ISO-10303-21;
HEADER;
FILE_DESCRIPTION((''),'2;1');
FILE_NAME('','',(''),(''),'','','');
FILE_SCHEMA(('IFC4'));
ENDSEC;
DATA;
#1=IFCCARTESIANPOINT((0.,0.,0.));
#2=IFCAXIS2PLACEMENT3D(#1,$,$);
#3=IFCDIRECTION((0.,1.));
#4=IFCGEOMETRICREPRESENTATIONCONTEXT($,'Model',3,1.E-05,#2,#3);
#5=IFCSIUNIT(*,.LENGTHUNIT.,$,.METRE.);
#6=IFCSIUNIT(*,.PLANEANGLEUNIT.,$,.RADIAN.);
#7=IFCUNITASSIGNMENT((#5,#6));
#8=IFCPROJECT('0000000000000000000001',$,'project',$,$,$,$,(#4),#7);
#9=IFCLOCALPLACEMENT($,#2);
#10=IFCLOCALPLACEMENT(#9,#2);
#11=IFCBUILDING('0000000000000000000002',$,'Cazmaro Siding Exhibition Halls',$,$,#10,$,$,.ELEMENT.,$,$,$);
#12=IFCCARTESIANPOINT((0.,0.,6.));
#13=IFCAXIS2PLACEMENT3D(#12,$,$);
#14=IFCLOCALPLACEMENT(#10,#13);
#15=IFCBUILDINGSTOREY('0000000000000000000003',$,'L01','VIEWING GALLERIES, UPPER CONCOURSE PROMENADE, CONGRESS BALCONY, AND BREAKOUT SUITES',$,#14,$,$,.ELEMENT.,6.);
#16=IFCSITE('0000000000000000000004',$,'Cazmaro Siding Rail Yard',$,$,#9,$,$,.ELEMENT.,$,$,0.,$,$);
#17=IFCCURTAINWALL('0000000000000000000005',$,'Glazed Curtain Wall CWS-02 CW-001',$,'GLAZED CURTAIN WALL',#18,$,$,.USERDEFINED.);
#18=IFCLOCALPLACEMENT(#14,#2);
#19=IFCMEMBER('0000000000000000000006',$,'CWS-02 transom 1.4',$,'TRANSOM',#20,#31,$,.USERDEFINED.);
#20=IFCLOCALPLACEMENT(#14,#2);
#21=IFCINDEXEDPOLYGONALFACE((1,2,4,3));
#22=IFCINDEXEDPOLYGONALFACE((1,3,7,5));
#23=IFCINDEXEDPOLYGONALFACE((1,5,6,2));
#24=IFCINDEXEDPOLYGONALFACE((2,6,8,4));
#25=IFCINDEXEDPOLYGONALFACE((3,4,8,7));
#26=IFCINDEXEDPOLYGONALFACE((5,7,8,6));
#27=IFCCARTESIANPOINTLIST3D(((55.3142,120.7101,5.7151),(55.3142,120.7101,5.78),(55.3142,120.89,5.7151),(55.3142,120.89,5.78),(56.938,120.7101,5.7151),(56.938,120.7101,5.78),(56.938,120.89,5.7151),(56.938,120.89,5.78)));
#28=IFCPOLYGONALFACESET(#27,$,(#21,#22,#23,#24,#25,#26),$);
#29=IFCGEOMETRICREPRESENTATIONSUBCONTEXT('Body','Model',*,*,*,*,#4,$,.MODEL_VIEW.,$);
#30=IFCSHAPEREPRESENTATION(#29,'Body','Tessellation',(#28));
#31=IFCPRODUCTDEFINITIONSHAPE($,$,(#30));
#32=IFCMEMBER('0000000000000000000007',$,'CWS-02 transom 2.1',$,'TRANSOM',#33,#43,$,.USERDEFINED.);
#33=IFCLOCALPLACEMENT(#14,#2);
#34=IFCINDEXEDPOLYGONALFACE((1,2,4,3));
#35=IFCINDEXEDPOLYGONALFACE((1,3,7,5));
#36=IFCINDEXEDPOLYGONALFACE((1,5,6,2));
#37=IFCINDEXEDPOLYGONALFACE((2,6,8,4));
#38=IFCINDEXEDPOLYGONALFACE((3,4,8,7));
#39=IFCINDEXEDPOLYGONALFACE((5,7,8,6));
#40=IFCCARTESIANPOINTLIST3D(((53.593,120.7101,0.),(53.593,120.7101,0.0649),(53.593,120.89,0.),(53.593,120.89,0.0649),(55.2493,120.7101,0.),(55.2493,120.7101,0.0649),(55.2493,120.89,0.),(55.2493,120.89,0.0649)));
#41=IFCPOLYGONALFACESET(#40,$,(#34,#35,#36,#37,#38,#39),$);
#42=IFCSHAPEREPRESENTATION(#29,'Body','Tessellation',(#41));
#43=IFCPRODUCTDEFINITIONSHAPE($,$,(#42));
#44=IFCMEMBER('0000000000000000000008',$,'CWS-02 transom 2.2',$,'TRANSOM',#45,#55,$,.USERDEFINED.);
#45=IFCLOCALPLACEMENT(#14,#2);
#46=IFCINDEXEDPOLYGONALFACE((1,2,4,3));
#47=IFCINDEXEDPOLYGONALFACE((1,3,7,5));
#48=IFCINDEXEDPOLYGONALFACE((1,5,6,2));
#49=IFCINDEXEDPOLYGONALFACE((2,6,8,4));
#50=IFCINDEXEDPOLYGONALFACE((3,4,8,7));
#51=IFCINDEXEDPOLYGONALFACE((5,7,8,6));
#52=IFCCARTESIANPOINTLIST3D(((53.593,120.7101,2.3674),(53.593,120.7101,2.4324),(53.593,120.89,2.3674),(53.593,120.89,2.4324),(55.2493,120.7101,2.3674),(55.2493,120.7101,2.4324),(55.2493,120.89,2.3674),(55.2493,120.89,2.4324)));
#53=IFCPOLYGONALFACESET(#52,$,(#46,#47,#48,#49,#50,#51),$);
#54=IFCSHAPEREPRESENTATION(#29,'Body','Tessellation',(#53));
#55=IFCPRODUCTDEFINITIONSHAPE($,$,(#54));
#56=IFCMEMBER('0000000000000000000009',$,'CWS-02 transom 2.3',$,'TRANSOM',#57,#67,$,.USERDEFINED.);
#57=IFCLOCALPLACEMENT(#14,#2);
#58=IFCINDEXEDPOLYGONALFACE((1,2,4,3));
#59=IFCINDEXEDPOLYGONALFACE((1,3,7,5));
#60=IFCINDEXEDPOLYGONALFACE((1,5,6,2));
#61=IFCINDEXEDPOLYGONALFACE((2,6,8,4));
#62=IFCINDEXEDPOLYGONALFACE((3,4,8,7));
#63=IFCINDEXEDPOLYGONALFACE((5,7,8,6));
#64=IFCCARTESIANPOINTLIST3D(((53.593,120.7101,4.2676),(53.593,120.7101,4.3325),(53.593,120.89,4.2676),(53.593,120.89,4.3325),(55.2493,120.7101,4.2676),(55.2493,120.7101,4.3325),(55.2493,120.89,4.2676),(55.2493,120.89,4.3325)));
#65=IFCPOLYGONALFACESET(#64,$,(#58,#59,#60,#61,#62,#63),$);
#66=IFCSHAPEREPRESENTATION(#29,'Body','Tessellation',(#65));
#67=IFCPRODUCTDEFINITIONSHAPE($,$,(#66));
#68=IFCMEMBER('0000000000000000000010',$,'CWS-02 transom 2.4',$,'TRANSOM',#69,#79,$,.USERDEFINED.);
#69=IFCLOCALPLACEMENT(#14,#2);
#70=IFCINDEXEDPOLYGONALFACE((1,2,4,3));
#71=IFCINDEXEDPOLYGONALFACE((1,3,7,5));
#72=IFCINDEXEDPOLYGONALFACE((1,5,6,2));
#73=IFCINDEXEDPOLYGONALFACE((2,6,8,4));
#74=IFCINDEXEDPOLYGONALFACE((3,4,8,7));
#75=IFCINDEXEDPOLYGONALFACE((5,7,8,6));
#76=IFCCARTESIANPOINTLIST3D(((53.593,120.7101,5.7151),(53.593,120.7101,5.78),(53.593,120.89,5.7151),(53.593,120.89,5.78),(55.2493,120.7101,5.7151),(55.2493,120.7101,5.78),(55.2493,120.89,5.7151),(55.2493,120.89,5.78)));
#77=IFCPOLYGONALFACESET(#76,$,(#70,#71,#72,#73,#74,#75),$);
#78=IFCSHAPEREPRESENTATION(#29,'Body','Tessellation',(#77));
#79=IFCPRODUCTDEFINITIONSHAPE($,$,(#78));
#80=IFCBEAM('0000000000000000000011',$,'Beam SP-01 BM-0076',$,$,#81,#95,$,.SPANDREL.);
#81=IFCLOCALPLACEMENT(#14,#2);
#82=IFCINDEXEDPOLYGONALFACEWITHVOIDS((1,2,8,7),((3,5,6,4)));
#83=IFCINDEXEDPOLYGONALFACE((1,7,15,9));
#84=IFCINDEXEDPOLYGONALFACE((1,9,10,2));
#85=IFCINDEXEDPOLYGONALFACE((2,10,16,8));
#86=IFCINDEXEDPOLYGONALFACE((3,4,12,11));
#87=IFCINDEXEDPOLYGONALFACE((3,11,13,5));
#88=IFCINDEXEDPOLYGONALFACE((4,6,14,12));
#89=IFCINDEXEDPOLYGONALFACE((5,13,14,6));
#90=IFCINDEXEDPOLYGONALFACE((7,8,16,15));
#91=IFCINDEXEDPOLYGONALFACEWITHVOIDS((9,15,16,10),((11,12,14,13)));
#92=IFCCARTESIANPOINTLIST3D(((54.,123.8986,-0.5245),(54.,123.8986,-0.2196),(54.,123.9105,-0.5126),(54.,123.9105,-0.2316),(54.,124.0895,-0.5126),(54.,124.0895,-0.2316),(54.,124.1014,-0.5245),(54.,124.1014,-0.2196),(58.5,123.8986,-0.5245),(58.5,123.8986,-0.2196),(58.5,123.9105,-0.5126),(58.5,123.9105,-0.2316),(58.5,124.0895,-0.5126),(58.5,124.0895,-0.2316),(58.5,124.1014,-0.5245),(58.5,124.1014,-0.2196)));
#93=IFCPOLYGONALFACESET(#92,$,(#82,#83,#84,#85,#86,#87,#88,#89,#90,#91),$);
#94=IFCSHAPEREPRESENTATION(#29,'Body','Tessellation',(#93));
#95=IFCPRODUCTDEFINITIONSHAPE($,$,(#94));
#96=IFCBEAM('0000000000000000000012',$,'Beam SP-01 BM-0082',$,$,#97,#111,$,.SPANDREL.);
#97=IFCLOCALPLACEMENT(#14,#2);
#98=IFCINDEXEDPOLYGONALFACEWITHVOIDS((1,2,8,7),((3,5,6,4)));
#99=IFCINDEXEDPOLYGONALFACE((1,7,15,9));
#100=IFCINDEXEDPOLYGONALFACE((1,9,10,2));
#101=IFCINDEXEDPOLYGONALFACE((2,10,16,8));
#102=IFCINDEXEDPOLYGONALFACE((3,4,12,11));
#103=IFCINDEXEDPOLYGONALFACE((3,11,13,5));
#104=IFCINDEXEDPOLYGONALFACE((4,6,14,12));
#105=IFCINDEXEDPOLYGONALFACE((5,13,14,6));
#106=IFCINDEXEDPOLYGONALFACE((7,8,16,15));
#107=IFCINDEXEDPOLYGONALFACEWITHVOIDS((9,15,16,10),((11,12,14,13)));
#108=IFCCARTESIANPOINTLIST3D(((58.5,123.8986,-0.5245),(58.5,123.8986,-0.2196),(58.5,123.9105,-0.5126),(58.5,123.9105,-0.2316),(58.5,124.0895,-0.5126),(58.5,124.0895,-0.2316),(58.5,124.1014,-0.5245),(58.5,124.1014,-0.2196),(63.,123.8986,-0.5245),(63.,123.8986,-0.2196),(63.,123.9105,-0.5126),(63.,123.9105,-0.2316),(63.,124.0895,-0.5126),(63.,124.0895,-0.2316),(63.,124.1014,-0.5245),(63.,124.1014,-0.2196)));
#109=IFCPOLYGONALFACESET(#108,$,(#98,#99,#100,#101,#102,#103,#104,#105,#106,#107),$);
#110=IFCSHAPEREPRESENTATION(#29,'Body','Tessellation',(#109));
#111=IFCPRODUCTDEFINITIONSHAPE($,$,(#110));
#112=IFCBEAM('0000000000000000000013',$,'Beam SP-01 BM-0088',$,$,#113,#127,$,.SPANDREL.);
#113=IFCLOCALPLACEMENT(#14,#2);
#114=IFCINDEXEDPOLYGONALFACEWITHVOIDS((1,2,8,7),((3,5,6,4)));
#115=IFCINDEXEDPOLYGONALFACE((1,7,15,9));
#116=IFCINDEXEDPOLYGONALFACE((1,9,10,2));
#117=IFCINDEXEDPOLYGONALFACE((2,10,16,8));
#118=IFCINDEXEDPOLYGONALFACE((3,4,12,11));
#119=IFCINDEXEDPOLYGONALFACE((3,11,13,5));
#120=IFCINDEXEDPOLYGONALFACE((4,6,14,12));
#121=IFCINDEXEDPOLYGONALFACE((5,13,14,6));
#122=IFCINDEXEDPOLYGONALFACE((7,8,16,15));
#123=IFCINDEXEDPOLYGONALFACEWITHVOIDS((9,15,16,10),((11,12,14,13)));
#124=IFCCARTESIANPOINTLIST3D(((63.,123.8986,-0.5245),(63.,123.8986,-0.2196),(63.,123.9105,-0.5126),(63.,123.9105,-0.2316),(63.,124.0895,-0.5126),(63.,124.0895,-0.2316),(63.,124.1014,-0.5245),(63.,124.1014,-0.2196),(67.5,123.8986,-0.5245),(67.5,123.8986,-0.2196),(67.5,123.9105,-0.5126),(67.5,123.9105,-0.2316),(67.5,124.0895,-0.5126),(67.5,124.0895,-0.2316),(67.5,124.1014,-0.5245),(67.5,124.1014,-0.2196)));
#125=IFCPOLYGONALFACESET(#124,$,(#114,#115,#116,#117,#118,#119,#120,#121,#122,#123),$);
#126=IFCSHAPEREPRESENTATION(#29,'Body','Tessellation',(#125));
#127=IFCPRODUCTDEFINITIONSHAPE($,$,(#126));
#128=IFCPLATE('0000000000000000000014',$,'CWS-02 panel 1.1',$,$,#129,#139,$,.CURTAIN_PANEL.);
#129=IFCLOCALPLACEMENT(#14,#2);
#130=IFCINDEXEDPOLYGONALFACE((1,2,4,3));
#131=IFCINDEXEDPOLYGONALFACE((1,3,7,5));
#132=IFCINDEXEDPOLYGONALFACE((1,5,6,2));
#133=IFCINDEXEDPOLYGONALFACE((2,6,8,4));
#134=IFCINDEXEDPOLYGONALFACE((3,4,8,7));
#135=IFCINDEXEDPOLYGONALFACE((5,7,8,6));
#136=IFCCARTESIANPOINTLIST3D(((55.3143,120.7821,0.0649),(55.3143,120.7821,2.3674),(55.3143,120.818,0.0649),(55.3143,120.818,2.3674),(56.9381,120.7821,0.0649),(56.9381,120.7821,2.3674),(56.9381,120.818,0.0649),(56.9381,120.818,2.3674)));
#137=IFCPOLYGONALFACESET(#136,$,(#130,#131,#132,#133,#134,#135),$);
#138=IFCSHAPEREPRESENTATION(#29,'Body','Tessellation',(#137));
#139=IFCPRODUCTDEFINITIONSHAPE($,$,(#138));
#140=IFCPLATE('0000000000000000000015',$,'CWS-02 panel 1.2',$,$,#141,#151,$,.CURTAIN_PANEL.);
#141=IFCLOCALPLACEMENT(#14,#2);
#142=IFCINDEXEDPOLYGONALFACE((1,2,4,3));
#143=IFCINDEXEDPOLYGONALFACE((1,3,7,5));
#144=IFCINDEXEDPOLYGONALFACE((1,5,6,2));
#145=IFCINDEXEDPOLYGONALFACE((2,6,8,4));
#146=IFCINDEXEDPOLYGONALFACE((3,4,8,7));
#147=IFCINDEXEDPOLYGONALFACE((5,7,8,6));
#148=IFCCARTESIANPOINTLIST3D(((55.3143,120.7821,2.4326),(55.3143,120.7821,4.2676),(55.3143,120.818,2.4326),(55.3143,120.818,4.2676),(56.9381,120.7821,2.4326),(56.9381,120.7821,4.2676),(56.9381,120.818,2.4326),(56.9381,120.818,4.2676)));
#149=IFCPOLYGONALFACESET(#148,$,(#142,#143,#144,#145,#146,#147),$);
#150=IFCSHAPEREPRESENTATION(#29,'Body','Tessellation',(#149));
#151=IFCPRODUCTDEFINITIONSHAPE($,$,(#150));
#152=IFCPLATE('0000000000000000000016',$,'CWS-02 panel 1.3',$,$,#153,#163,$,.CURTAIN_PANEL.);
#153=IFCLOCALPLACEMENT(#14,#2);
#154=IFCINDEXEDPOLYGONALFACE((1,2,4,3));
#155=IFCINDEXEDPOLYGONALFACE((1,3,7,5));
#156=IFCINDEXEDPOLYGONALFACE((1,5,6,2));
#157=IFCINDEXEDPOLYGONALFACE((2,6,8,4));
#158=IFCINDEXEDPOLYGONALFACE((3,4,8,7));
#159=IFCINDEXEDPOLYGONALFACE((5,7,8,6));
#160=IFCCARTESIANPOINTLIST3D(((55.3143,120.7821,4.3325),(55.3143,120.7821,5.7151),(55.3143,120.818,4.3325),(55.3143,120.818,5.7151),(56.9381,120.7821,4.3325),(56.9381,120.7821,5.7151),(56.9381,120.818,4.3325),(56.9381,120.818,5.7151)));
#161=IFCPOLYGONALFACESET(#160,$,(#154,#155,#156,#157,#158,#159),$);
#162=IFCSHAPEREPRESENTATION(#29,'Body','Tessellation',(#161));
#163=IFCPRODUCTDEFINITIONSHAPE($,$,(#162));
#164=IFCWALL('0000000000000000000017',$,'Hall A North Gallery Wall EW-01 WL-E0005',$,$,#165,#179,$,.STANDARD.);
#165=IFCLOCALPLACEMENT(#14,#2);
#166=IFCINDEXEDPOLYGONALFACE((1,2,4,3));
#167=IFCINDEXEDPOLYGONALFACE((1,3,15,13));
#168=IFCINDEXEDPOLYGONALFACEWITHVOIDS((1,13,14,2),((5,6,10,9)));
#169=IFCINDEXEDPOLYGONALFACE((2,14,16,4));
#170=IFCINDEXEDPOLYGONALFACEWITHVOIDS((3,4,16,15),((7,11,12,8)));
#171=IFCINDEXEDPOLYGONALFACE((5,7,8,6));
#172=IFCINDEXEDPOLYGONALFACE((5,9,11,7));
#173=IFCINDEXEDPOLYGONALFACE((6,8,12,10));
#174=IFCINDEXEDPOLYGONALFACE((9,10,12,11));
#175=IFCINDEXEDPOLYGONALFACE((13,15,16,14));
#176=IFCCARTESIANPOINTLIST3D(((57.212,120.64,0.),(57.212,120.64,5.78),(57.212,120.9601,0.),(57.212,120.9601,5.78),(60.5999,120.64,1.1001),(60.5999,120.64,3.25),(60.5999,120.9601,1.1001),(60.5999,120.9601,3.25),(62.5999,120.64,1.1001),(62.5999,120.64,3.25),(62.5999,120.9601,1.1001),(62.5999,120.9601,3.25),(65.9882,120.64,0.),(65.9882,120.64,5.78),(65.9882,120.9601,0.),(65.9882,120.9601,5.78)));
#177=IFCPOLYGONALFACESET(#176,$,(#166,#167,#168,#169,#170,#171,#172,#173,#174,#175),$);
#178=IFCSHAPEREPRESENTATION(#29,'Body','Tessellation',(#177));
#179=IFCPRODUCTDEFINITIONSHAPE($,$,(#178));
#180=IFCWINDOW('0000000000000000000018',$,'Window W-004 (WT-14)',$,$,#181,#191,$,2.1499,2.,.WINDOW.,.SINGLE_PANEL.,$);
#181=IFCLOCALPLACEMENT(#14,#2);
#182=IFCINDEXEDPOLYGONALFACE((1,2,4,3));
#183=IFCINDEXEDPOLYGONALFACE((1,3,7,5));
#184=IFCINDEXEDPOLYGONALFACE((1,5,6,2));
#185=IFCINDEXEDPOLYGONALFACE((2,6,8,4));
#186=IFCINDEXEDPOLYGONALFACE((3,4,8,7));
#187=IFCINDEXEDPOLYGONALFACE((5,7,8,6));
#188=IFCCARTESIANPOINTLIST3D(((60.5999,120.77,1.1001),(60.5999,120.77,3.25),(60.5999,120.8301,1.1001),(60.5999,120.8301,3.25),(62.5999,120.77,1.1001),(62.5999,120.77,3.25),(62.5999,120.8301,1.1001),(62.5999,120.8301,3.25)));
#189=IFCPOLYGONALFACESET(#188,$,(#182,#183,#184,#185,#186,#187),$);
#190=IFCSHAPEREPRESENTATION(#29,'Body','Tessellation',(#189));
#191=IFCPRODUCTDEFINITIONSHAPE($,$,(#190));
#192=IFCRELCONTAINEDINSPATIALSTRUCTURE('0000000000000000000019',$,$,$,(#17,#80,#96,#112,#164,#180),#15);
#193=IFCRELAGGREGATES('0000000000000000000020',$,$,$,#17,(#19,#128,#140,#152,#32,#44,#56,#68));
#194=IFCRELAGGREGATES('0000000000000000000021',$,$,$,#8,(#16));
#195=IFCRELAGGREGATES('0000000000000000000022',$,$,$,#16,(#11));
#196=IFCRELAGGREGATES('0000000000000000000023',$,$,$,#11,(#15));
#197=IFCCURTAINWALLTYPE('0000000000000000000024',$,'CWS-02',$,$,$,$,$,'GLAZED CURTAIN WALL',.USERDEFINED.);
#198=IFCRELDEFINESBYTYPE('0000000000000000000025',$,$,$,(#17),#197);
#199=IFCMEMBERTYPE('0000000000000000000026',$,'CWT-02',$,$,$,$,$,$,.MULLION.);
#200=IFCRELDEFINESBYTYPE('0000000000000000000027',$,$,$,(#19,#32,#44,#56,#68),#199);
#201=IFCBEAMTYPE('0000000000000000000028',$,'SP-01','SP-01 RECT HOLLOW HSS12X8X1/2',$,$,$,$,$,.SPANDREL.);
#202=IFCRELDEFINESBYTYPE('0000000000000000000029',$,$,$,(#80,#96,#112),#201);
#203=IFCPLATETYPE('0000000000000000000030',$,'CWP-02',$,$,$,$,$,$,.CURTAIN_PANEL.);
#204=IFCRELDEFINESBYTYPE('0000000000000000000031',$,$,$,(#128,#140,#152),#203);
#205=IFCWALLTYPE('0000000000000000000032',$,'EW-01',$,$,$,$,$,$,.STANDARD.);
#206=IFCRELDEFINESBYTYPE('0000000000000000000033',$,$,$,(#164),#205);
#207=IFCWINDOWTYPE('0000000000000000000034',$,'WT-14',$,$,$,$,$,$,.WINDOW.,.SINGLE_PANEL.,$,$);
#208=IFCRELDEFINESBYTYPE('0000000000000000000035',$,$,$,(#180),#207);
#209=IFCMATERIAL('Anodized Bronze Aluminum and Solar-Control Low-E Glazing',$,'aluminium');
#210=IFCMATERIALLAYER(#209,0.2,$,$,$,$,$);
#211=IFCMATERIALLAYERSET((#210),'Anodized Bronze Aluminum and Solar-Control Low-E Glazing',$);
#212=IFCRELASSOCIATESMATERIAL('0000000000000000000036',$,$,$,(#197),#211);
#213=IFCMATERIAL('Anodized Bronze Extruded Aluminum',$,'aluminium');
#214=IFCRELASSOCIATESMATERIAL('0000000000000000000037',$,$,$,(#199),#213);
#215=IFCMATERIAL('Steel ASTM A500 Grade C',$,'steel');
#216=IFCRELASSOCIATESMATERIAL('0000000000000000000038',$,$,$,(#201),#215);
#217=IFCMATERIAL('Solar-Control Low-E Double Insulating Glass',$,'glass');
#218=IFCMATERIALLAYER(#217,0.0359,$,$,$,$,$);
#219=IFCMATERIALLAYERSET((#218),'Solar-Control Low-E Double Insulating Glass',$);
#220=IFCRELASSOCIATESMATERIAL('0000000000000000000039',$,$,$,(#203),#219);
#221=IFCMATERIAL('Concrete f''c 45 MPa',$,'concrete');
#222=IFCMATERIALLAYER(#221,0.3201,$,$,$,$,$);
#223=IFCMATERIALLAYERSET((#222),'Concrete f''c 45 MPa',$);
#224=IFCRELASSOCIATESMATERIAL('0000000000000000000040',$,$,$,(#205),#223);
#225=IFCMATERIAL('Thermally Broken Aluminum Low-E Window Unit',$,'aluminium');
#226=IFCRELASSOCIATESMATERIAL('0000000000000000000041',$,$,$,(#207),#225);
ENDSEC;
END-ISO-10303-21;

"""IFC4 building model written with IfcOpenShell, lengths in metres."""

from ifc_helpers import new_model, si_unit, direction, frame, frame_2d, origin, origin_2d, place, context, subcontext, project, spatial, rectangle, hollow_rectangle, extrude, material, layer, layer_set, material_profile, profile_set, type_object, element, fill, aggregate, save


model = new_model("IFC4")

# Units and contexts
model_context = context("Model", 3, precision=1e-05, world=origin(), true_north=direction((0.0, 1.0)))
body_context = subcontext(model_context, "Body", "Model", "MODEL_VIEW")
ifc_project = project(units=[si_unit("LENGTHUNIT", "METRE"), si_unit("PLANEANGLEUNIT", "RADIAN")], contexts=[model_context])

# Site, building, storey
site_placement = place(None, origin())
site = spatial("IfcSite", under=ifc_project, at=site_placement, Name="Cazmaro Siding Rail Yard", CompositionType="ELEMENT", RefElevation=0.0)
building_placement = place(site_placement, origin())
building = spatial("IfcBuilding", under=site, at=building_placement, Name="Cazmaro Siding Exhibition Halls", CompositionType="ELEMENT")
storey_placement = place(building_placement, frame((0.0, 0.0, 6.0)))
storey = spatial("IfcBuildingStorey", under=building, at=storey_placement, Name="L01", Description="VIEWING GALLERIES, UPPER CONCOURSE PROMENADE, CONGRESS BALCONY, AND BREAKOUT SUITES", CompositionType="ELEMENT", Elevation=6.0)

# Curtain wall, members
ifc_material_1 = material(Name="Anodized Bronze Aluminum and Solar-Control Low-E Glazing", Category="aluminium")
ifc_layer_1 = layer(ifc_material_1, 0.2)
ifc_layer_set_1 = layer_set([ifc_layer_1], Name="Anodized Bronze Aluminum and Solar-Control Low-E Glazing")
curtain_wall_type = type_object("IfcCurtainWallType", Name="CWS-02", ElementType="GLAZED CURTAIN WALL", PredefinedType="USERDEFINED", material=ifc_layer_set_1)
curtain_wall_placement = place(storey_placement, origin())
curtain_wall = element("IfcCurtainWall", 1, at=curtain_wall_placement, inside=storey, type_object=curtain_wall_type, Name="Glazed Curtain Wall CWS-02 CW-001", ObjectType="GLAZED CURTAIN WALL", PredefinedType="USERDEFINED")
ifc_material_2 = material(Name="Anodized Bronze Extruded Aluminum", Category="aluminium")
ifc_material_profile_1 = material_profile(ifc_material_2, rectangle(XDim=0.1799, YDim=0.0649, at=origin_2d()), Name="CWT-02")
ifc_profile_set_1 = profile_set([ifc_material_profile_1], Name="Anodized Bronze Extruded Aluminum")
member_type_1 = type_object("IfcMemberType", Name="CWT-02", PredefinedType="MULLION", material=ifc_profile_set_1)
member_1_placement = place(storey_placement, frame((56.938, 120.8, 5.7476), z_axis=(-1.0, 0.0, 0.0), x_axis=(0.0, -1.0, 0.0)))
member_1 = element("IfcMember", 2, at=member_1_placement, type_object=member_type_1, Name="CWS-02 transom 1.4", ObjectType="TRANSOM", PredefinedType="USERDEFINED", context=body_context, shape_type="SweptSolid", body=[
    extrude(rectangle(XDim=0.1799, YDim=0.0649, at=origin_2d()), origin(), (0.0, 0.0, 1.0), 1.6238),
])
member_2_placement = place(storey_placement, frame((55.2493, 120.8, 0.0325), z_axis=(-1.0, 0.0, 0.0), x_axis=(0.0, -1.0, 0.0)))
member_2 = element("IfcMember", 3, at=member_2_placement, type_object=member_type_1, Name="CWS-02 transom 2.1", ObjectType="TRANSOM", PredefinedType="USERDEFINED", context=body_context, shape_type="SweptSolid", body=[
    extrude(rectangle(XDim=0.1799, YDim=0.0649, at=origin_2d()), origin(), (0.0, 0.0, 1.0), 1.6562),
])
member_3_placement = place(storey_placement, frame((55.2493, 120.8, 2.3999), z_axis=(-1.0, 0.0, 0.0), x_axis=(0.0, -1.0, 0.0)))
member_3 = element("IfcMember", 4, at=member_3_placement, type_object=member_type_1, Name="CWS-02 transom 2.2", ObjectType="TRANSOM", PredefinedType="USERDEFINED", context=body_context, shape_type="SweptSolid", body=[
    extrude(rectangle(XDim=0.1799, YDim=0.0649, at=origin_2d()), origin(), (0.0, 0.0, 1.0), 1.6562),
])
member_4_placement = place(storey_placement, frame((55.2493, 120.8, 4.3), z_axis=(-1.0, 0.0, 0.0), x_axis=(0.0, -1.0, 0.0)))
member_4 = element("IfcMember", 5, at=member_4_placement, type_object=member_type_1, Name="CWS-02 transom 2.3", ObjectType="TRANSOM", PredefinedType="USERDEFINED", context=body_context, shape_type="SweptSolid", body=[
    extrude(rectangle(XDim=0.1799, YDim=0.0649, at=origin_2d()), origin(), (0.0, 0.0, 1.0), 1.6562),
])
member_5_placement = place(storey_placement, frame((55.2493, 120.8, 5.7476), z_axis=(-1.0, 0.0, 0.0), x_axis=(0.0, -1.0, 0.0)))
member_5 = element("IfcMember", 6, at=member_5_placement, type_object=member_type_1, Name="CWS-02 transom 2.4", ObjectType="TRANSOM", PredefinedType="USERDEFINED", context=body_context, shape_type="SweptSolid", body=[
    extrude(rectangle(XDim=0.1799, YDim=0.0649, at=origin_2d()), origin(), (0.0, 0.0, 1.0), 1.6562),
])

# Beams
ifc_material_3 = material(Name="Steel ASTM A500 Grade C", Category="steel")
ifc_material_profile_2 = material_profile(ifc_material_3, hollow_rectangle(XDim=0.2029, YDim=0.3049, WallThickness=0.012, at=origin_2d()), Name="HSS12X8X1/2")
ifc_profile_set_2 = profile_set([ifc_material_profile_2], Name="Steel ASTM A500 Grade C")
beam_type_1 = type_object("IfcBeamType", Name="SP-01", Description="SP-01 RECT HOLLOW HSS12X8X1/2", PredefinedType="SPANDREL", material=ifc_profile_set_2)
for number, where, z_axis, x_axis, name in (
    (7, (54.0, 124.0, -0.3721), (1.0, 0.0, 0.0), (0.0, 1.0, 0.0), "Beam SP-01 BM-0076"),
    (8, (58.5, 124.0, -0.3721), (1.0, 0.0, 0.0), (0.0, 1.0, 0.0), "Beam SP-01 BM-0082"),
    (9, (63.0, 124.0, -0.3721), (1.0, 0.0, 0.0), (0.0, 1.0, 0.0), "Beam SP-01 BM-0088"),
):
    element("IfcBeam", number, at=place(storey_placement, frame(where, z_axis=z_axis, x_axis=x_axis)), inside=storey, type_object=beam_type_1, Name=name, PredefinedType="SPANDREL", context=body_context, shape_type="SweptSolid", body=[
        extrude(hollow_rectangle(XDim=0.2029, YDim=0.3049, WallThickness=0.012, at=origin_2d()), origin(), (0.0, 0.0, 1.0), 4.5),
    ])

# Plates
ifc_material_4 = material(Name="Solar-Control Low-E Double Insulating Glass", Category="glass")
ifc_layer_2 = layer(ifc_material_4, 0.0359)
ifc_layer_set_2 = layer_set([ifc_layer_2], Name="Solar-Control Low-E Double Insulating Glass")
plate_type = type_object("IfcPlateType", Name="CWP-02", PredefinedType="CURTAIN_PANEL", material=ifc_layer_set_2)
plate_1_placement = place(storey_placement, frame((56.1262, 120.8, 0.0649), z_axis=(0.0, 0.0, 1.0), x_axis=(-1.0, 0.0, 0.0)))
plate_1 = element("IfcPlate", 10, at=plate_1_placement, type_object=plate_type, Name="CWS-02 panel 1.1", PredefinedType="CURTAIN_PANEL", context=body_context, shape_type="SweptSolid", body=[
    extrude(rectangle(XDim=1.6238, YDim=0.0359, at=origin_2d()), origin(), (0.0, 0.0, 1.0), 2.3025),
])
plate_2_placement = place(storey_placement, frame((56.1262, 120.8, 2.4326), z_axis=(0.0, 0.0, 1.0), x_axis=(-1.0, 0.0, 0.0)))
plate_2 = element("IfcPlate", 11, at=plate_2_placement, type_object=plate_type, Name="CWS-02 panel 1.2", PredefinedType="CURTAIN_PANEL", context=body_context, shape_type="SweptSolid", body=[
    extrude(rectangle(XDim=1.6238, YDim=0.0359, at=origin_2d()), origin(), (0.0, 0.0, 1.0), 1.835),
])
plate_3_placement = place(storey_placement, frame((56.1262, 120.8, 4.3325), z_axis=(0.0, 0.0, 1.0), x_axis=(-1.0, 0.0, 0.0)))
plate_3 = element("IfcPlate", 12, at=plate_3_placement, type_object=plate_type, Name="CWS-02 panel 1.3", PredefinedType="CURTAIN_PANEL", context=body_context, shape_type="SweptSolid", body=[
    extrude(rectangle(XDim=1.6238, YDim=0.0359, at=origin_2d()), origin(), (0.0, 0.0, 1.0), 1.3826),
])
aggregate(curtain_wall, [member_1, plate_1, plate_2, plate_3, member_2, member_3, member_4, member_5])

# Wall, opening, window
ifc_material_5 = material(Name="Concrete f'c 45 MPa", Category="concrete")
ifc_layer_3 = layer(ifc_material_5, 0.3201)
ifc_layer_set_3 = layer_set([ifc_layer_3], Name="Concrete f'c 45 MPa")
wall_type = type_object("IfcWallType", Name="EW-01", PredefinedType="STANDARD", material=ifc_layer_set_3)
wall_placement = place(storey_placement, frame((57.2119, 120.8, 0.0), z_axis=(0.0, 0.0, 1.0), x_axis=(1.0, 0.0, 0.0)))
wall = element("IfcWall", 13, at=wall_placement, inside=storey, type_object=wall_type, Name="Hall A North Gallery Wall EW-01 WL-E0005", PredefinedType="STANDARD", context=body_context, shape_type="SweptSolid", body=[
    extrude(rectangle(XDim=8.7761, YDim=0.3201, at=frame_2d((4.3882, 0.0))), origin(), (0.0, 0.0, 1.0), 5.78),
])
opening_placement = place(wall_placement, frame((3.3879, 0.0, 1.1001)))
opening = element("IfcOpeningElement", 14, at=opening_placement, cuts=wall, PredefinedType="OPENING", context=body_context, shape_type="SweptSolid", body=[
    extrude(rectangle(XDim=2.0, YDim=2.1499, at=frame_2d((1.0, 1.075))), frame((0.0, 0.1699, 0.0), z_axis=(0.0, -1.0, 0.0), x_axis=(1.0, 0.0, 0.0)), (0.0, 0.0, 1.0), 0.3401),
])
ifc_material_6 = material(Name="Thermally Broken Aluminum Low-E Window Unit", Category="aluminium")
window_type = type_object("IfcWindowType", Name="WT-14", PartitioningType="SINGLE_PANEL", PredefinedType="WINDOW", material=ifc_material_6)
window_placement = place(opening_placement, origin())
window = element("IfcWindow", 15, at=window_placement, inside=storey, type_object=window_type, Name="Window W-004 (WT-14)", OverallHeight=2.1499, OverallWidth=2.0, PartitioningType="SINGLE_PANEL", PredefinedType="WINDOW", context=body_context, shape_type="SweptSolid", body=[
    extrude(rectangle(XDim=2.0, YDim=2.1499, at=frame_2d((1.0, 1.075))), frame((0.0, 0.03, 0.0), z_axis=(0.0, -1.0, 0.0), x_axis=(1.0, 0.0, 0.0)), (0.0, 0.0, 1.0), 0.0601),
])
fill(opening, window)

save(model, "model.ifc")
